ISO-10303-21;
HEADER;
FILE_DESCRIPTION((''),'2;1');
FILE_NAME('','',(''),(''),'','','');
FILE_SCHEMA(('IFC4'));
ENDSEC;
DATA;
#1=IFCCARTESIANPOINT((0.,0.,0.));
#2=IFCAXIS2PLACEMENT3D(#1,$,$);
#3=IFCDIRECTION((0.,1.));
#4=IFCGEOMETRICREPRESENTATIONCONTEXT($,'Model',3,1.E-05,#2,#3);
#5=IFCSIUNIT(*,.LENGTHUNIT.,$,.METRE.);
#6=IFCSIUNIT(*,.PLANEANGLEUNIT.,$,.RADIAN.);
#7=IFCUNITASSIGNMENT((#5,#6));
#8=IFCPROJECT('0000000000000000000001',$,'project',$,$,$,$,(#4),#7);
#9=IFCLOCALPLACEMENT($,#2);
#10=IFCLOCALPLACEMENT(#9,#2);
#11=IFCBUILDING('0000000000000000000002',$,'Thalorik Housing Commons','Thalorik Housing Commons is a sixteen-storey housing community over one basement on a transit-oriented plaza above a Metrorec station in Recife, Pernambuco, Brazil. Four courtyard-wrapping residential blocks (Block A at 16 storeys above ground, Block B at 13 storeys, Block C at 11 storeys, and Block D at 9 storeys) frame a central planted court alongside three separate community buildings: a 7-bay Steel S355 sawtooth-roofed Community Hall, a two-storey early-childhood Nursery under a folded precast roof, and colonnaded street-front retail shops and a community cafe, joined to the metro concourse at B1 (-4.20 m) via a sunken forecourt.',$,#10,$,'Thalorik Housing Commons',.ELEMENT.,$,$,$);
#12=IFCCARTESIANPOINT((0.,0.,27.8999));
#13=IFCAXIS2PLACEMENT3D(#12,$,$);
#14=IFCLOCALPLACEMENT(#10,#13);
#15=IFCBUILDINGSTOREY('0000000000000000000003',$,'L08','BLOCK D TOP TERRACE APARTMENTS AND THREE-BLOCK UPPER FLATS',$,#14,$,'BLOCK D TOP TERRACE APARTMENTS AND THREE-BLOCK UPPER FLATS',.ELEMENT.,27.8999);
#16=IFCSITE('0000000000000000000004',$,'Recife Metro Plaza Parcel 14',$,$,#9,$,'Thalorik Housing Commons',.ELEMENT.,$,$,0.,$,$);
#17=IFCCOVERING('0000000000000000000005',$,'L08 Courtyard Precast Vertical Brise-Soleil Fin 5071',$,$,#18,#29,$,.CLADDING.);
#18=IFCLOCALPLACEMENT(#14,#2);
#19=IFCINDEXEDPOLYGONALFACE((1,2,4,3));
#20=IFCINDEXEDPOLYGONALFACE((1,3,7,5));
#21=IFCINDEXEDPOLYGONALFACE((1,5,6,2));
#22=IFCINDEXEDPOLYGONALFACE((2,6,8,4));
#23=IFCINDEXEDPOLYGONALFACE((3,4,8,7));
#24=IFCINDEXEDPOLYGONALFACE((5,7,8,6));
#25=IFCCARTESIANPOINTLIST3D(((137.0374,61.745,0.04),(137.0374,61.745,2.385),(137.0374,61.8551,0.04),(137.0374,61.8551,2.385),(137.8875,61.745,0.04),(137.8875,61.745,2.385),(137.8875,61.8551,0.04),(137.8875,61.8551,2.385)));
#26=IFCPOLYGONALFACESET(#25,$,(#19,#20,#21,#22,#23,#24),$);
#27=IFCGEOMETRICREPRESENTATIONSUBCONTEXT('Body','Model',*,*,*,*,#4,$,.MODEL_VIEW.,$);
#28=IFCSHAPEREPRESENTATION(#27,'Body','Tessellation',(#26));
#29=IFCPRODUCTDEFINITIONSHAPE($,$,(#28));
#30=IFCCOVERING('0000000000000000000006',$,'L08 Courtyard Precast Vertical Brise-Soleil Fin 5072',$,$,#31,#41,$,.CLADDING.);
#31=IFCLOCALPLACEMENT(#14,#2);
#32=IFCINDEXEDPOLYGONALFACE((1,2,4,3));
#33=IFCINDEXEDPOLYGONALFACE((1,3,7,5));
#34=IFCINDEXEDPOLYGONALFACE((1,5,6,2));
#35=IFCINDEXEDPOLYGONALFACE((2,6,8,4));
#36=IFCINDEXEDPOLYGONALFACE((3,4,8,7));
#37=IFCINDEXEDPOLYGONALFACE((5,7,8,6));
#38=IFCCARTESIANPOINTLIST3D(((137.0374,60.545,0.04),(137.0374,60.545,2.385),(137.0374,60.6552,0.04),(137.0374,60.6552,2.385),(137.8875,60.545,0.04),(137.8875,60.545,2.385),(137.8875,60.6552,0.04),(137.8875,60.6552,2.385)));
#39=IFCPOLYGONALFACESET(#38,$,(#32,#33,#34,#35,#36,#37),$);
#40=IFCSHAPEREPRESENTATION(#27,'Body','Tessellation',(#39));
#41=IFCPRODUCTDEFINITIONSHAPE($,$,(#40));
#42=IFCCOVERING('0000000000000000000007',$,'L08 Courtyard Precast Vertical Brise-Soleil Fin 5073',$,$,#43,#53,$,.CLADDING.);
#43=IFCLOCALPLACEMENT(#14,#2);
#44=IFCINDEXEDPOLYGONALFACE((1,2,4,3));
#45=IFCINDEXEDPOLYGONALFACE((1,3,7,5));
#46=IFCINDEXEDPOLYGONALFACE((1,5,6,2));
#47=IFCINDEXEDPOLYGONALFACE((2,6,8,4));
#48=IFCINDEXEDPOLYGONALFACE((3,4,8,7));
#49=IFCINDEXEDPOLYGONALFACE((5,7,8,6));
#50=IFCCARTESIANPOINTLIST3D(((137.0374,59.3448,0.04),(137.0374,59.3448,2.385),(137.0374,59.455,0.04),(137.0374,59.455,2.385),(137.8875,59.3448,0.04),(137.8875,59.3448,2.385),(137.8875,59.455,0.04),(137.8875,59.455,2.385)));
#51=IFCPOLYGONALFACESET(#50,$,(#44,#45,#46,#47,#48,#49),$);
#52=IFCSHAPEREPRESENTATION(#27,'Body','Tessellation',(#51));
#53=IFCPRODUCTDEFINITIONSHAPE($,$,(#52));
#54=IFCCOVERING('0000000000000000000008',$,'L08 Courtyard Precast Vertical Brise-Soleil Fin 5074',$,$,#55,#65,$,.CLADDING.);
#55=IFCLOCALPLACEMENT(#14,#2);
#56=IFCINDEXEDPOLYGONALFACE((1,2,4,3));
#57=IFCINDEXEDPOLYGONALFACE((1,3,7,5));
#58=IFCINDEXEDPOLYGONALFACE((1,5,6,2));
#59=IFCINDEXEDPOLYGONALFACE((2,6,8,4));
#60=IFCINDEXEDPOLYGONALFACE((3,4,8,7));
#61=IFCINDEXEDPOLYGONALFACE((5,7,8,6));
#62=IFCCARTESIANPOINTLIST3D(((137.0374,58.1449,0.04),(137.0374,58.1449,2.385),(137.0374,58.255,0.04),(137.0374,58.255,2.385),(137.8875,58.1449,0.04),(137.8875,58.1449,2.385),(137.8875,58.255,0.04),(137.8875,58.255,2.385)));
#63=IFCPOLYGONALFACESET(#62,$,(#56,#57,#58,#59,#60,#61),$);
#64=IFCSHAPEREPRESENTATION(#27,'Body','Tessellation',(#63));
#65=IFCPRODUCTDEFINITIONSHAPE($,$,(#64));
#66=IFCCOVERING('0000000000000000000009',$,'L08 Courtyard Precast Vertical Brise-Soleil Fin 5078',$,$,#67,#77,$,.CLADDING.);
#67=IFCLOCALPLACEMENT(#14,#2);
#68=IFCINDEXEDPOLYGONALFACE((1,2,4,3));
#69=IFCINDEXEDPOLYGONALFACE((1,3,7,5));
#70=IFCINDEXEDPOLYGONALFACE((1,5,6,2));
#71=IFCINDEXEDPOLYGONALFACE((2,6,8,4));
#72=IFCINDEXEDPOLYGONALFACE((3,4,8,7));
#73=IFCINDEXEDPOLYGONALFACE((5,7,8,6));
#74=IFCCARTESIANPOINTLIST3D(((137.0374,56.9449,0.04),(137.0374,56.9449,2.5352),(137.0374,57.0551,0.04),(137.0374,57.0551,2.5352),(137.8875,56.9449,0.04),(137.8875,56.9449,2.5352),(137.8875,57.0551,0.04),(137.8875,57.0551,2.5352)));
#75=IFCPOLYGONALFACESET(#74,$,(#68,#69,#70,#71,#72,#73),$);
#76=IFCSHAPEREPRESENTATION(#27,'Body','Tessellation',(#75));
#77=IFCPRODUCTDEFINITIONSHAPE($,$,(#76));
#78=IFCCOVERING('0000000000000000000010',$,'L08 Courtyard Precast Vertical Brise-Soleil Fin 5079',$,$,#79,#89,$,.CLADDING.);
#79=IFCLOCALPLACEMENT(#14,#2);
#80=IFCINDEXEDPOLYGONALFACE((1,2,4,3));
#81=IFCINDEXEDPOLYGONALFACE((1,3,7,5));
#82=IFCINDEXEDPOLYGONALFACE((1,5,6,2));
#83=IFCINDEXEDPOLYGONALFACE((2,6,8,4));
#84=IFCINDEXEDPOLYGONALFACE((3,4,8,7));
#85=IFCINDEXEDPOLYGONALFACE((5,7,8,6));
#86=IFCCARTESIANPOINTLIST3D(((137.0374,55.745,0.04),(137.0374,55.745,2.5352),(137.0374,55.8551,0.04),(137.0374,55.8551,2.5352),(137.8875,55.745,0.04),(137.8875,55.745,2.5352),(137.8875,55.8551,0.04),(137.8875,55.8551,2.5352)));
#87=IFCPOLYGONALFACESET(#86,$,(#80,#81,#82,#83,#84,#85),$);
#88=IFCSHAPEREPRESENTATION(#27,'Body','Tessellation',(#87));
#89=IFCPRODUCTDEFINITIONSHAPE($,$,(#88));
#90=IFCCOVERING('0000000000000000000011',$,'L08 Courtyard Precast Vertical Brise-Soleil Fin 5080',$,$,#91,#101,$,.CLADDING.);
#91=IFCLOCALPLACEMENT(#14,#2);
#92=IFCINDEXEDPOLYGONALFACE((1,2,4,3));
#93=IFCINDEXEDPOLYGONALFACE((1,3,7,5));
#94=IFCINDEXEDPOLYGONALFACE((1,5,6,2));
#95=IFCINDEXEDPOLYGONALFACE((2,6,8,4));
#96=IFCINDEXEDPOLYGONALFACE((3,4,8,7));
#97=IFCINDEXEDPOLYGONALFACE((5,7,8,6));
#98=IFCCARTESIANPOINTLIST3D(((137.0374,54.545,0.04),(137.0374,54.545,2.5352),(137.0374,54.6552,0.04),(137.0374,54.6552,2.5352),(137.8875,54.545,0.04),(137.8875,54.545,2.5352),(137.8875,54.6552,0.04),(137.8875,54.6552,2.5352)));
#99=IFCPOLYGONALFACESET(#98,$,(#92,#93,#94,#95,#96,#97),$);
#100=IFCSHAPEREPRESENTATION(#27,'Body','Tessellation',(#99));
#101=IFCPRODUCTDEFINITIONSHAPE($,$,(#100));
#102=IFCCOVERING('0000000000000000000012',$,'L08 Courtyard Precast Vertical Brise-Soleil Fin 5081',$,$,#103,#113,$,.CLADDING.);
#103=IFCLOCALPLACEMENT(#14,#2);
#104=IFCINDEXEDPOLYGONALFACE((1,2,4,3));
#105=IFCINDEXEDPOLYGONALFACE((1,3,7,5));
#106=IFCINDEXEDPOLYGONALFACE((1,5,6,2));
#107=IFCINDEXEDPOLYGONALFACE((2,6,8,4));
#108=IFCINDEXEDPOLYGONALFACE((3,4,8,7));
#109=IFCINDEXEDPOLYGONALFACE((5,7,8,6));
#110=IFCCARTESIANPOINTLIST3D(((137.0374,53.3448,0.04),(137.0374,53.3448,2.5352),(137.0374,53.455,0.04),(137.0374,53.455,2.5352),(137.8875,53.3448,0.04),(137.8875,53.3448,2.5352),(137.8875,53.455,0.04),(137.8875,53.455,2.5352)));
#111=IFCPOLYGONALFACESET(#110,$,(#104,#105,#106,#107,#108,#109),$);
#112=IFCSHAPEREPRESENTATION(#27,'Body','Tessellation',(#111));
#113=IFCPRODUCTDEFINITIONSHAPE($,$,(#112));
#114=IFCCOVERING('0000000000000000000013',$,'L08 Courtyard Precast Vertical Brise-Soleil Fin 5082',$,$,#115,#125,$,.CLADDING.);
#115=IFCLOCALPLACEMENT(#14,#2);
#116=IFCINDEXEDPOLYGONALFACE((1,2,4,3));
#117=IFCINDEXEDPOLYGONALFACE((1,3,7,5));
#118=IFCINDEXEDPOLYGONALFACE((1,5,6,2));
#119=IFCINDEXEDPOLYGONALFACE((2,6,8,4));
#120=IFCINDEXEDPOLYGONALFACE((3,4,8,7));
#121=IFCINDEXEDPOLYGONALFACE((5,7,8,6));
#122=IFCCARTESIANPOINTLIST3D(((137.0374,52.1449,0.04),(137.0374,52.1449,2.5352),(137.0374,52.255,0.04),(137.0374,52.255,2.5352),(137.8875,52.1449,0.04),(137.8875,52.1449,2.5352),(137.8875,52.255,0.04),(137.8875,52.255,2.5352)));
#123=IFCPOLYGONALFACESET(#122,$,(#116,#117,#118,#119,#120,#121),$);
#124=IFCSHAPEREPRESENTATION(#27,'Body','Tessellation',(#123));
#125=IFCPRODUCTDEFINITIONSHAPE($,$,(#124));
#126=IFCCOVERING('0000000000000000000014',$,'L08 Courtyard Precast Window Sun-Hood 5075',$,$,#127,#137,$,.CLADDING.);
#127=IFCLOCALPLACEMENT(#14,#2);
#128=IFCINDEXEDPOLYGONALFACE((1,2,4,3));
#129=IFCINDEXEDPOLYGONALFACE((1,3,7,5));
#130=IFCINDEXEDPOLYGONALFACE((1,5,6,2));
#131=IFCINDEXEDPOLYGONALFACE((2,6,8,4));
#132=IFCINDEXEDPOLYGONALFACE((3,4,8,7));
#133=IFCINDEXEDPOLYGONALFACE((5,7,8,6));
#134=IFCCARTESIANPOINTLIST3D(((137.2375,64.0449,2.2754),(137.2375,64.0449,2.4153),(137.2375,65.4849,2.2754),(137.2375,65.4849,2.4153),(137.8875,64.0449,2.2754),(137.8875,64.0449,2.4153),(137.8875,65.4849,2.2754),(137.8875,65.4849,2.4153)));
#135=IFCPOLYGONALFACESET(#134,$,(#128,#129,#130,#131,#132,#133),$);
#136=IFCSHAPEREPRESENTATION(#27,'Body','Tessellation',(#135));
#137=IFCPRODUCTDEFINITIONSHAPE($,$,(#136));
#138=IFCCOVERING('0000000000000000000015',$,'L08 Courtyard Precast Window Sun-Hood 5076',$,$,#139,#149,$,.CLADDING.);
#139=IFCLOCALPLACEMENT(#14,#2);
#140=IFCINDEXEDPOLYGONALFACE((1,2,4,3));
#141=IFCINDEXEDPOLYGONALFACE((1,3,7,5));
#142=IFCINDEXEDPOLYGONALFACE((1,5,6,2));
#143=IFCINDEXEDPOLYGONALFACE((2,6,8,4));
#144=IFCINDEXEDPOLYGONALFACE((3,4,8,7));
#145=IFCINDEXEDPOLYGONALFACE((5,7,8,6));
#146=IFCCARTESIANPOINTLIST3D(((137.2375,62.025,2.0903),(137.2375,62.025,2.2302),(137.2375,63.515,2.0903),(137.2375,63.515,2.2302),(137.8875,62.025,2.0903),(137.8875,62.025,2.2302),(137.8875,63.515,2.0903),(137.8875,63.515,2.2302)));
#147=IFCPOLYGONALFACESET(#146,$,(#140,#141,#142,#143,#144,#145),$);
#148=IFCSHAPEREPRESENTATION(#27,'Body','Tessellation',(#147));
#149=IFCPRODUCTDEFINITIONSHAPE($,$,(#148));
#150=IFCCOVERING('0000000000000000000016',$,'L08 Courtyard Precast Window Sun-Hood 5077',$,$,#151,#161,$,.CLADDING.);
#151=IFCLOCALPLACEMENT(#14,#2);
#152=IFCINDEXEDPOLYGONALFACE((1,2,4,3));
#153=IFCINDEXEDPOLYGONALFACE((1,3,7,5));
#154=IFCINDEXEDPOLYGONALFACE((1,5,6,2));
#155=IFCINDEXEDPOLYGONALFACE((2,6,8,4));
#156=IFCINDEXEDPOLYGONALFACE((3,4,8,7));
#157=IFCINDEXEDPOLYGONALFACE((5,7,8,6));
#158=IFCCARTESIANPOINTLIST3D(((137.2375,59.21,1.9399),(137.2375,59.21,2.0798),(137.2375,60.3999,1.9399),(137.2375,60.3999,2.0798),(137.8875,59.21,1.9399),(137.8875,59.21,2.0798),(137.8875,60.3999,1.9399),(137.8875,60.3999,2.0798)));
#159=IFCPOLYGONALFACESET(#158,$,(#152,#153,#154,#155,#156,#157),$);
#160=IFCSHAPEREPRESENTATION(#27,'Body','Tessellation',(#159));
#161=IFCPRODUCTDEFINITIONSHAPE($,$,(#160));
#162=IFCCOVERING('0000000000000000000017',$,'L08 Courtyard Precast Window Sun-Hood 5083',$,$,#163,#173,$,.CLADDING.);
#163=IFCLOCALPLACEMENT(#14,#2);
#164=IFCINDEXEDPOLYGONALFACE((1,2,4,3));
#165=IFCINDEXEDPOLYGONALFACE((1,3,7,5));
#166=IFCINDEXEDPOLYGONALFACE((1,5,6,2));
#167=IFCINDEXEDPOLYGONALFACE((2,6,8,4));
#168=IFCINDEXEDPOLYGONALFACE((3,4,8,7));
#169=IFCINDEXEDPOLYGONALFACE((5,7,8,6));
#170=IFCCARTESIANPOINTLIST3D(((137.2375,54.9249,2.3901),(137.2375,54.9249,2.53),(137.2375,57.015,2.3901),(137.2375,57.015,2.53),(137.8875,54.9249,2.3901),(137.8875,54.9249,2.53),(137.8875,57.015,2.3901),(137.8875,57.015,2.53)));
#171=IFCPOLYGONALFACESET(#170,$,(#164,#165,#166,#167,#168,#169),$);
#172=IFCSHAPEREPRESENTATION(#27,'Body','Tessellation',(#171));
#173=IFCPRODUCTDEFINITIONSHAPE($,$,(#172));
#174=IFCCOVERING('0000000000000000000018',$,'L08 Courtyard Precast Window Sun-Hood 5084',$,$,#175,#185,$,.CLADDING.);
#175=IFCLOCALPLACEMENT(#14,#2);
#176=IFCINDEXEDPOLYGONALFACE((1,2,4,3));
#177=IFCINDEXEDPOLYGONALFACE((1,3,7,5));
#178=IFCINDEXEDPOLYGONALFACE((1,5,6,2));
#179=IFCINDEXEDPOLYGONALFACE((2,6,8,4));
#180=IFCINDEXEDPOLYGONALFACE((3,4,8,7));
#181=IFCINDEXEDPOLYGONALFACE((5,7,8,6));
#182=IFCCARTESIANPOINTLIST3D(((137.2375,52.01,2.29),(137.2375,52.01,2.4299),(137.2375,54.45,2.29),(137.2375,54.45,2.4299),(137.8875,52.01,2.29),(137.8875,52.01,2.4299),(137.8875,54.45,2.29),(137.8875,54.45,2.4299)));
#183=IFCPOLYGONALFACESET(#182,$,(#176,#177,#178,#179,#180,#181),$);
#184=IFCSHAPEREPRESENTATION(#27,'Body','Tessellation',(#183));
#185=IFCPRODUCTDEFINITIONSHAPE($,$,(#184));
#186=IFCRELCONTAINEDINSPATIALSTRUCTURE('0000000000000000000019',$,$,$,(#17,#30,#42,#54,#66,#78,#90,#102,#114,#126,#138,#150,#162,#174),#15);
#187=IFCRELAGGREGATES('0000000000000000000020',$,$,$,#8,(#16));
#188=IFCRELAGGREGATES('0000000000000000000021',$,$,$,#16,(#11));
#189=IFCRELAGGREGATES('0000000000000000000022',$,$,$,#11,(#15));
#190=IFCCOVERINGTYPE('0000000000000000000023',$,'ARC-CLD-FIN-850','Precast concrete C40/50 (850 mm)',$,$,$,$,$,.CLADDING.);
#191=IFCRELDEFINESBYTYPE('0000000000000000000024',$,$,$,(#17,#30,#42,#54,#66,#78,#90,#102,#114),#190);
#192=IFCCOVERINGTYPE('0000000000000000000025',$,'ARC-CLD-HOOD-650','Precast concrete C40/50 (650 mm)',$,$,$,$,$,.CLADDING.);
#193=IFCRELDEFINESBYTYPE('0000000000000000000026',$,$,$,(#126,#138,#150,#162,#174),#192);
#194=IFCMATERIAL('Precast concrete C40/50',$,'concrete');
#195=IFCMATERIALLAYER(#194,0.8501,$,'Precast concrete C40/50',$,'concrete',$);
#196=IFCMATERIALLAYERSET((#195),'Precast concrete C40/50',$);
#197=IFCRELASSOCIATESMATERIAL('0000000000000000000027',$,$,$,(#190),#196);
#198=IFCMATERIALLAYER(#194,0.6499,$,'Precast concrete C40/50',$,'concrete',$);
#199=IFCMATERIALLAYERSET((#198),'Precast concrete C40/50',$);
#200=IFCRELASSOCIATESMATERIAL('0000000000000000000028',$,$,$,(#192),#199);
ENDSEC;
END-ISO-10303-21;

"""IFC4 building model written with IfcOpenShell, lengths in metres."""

from ifc_helpers import new_model, si_unit, direction, frame, origin, origin_2d, place, context, subcontext, project, spatial, rectangle, extrude, material, layer, layer_set, type_object, element, save


model = new_model("IFC4")

# Units and contexts
model_context = context("Model", 3, precision=1e-05, world=origin(), true_north=direction((0.0, 1.0)))
body_context = subcontext(model_context, "Body", "Model", "MODEL_VIEW")
ifc_project = project(units=[si_unit("LENGTHUNIT", "METRE"), si_unit("PLANEANGLEUNIT", "RADIAN")], contexts=[model_context])

# Site, building, storey
site_placement = place(None, origin())
site = spatial("IfcSite", under=ifc_project, at=site_placement, Name="Recife Metro Plaza Parcel 14", LongName="Thalorik Housing Commons", CompositionType="ELEMENT", RefElevation=0.0)
building_placement = place(site_placement, origin())
building = spatial("IfcBuilding", under=site, at=building_placement, Name="Thalorik Housing Commons", Description="Thalorik Housing Commons is a sixteen-storey housing community over one basement on a transit-oriented plaza above a Metrorec station in Recife, Pernambuco, Brazil. Four courtyard-wrapping residential blocks (Block A at 16 storeys above ground, Block B at 13 storeys, Block C at 11 storeys, and Block D at 9 storeys) frame a central planted court alongside three separate community buildings: a 7-bay Steel S355 sawtooth-roofed Community Hall, a two-storey early-childhood Nursery under a folded precast roof, and colonnaded street-front retail shops and a community cafe, joined to the metro concourse at B1 (-4.20 m) via a sunken forecourt.", LongName="Thalorik Housing Commons", CompositionType="ELEMENT")
storey_placement = place(building_placement, frame((0.0, 0.0, 27.8999)))
storey = spatial("IfcBuildingStorey", under=building, at=storey_placement, Name="L08", Description="BLOCK D TOP TERRACE APARTMENTS AND THREE-BLOCK UPPER FLATS", LongName="BLOCK D TOP TERRACE APARTMENTS AND THREE-BLOCK UPPER FLATS", CompositionType="ELEMENT", Elevation=27.8999)

# Shared definitions
ifc_material_1 = material(Name="Precast concrete C40/50", Category="concrete")

# Coverings
ifc_layer_1 = layer(ifc_material_1, 0.8501, Name="Precast concrete C40/50", Category="concrete")
ifc_layer_set_1 = layer_set([ifc_layer_1], Name="Precast concrete C40/50")
covering_type_1 = type_object("IfcCoveringType", Name="ARC-CLD-FIN-850", Description="Precast concrete C40/50 (850 mm)", PredefinedType="CLADDING", material=ifc_layer_set_1)
for number, where, z_axis, x_axis, name in (
    (1, (137.4624, 61.8, 0.04), (0.0, 0.0, 1.0), (0.0, -1.0, 0.0), "L08 Courtyard Precast Vertical Brise-Soleil Fin 5071"),
    (2, (137.4624, 60.6001, 0.04), (0.0, 0.0, 1.0), (0.0, -1.0, 0.0), "L08 Courtyard Precast Vertical Brise-Soleil Fin 5072"),
    (3, (137.4624, 59.3999, 0.04), (0.0, 0.0, 1.0), (0.0, -1.0, 0.0), "L08 Courtyard Precast Vertical Brise-Soleil Fin 5073"),
    (4, (137.4624, 58.2, 0.04), (0.0, 0.0, 1.0), (0.0, -1.0, 0.0), "L08 Courtyard Precast Vertical Brise-Soleil Fin 5074"),
):
    element("IfcCovering", number, at=place(storey_placement, frame(where, z_axis=z_axis, x_axis=x_axis)), inside=storey, type_object=covering_type_1, Name=name, PredefinedType="CLADDING", context=body_context, shape_type="SweptSolid", body=[
        extrude(rectangle(XDim=0.1101, YDim=0.8501, at=origin_2d()), origin(), (0.0, 0.0, 1.0), 2.345),
    ])
for number, where, z_axis, x_axis, name in (
    (5, (137.4624, 57.0, 0.04), (0.0, 0.0, 1.0), (0.0, -1.0, 0.0), "L08 Courtyard Precast Vertical Brise-Soleil Fin 5078"),
    (6, (137.4624, 55.8, 0.04), (0.0, 0.0, 1.0), (0.0, -1.0, 0.0), "L08 Courtyard Precast Vertical Brise-Soleil Fin 5079"),
    (7, (137.4624, 54.6001, 0.04), (0.0, 0.0, 1.0), (0.0, -1.0, 0.0), "L08 Courtyard Precast Vertical Brise-Soleil Fin 5080"),
    (8, (137.4624, 53.3999, 0.04), (0.0, 0.0, 1.0), (0.0, -1.0, 0.0), "L08 Courtyard Precast Vertical Brise-Soleil Fin 5081"),
    (9, (137.4624, 52.2, 0.04), (0.0, 0.0, 1.0), (0.0, -1.0, 0.0), "L08 Courtyard Precast Vertical Brise-Soleil Fin 5082"),
):
    element("IfcCovering", number, at=place(storey_placement, frame(where, z_axis=z_axis, x_axis=x_axis)), inside=storey, type_object=covering_type_1, Name=name, PredefinedType="CLADDING", context=body_context, shape_type="SweptSolid", body=[
        extrude(rectangle(XDim=0.1101, YDim=0.8501, at=origin_2d()), origin(), (0.0, 0.0, 1.0), 2.4951),
    ])
ifc_layer_2 = layer(ifc_material_1, 0.6499, Name="Precast concrete C40/50", Category="concrete")
ifc_layer_set_2 = layer_set([ifc_layer_2], Name="Precast concrete C40/50")
covering_type_2 = type_object("IfcCoveringType", Name="ARC-CLD-HOOD-650", Description="Precast concrete C40/50 (650 mm)", PredefinedType="CLADDING", material=ifc_layer_set_2)
covering_1_placement = place(storey_placement, frame((137.5625, 64.7649, 2.2754), z_axis=(0.0, 0.0, 1.0), x_axis=(0.0, -1.0, 0.0)))
element("IfcCovering", 10, at=covering_1_placement, inside=storey, type_object=covering_type_2, Name="L08 Courtyard Precast Window Sun-Hood 5075", PredefinedType="CLADDING", context=body_context, shape_type="SweptSolid", body=[
    extrude(rectangle(XDim=1.4399, YDim=0.6499, at=origin_2d()), origin(), (0.0, 0.0, 1.0), 0.1399),
])
covering_2_placement = place(storey_placement, frame((137.5625, 62.77, 2.0903), z_axis=(0.0, 0.0, 1.0), x_axis=(0.0, -1.0, 0.0)))
element("IfcCovering", 11, at=covering_2_placement, inside=storey, type_object=covering_type_2, Name="L08 Courtyard Precast Window Sun-Hood 5076", PredefinedType="CLADDING", context=body_context, shape_type="SweptSolid", body=[
    extrude(rectangle(XDim=1.49, YDim=0.6499, at=origin_2d()), origin(), (0.0, 0.0, 1.0), 0.1399),
])
covering_3_placement = place(storey_placement, frame((137.5625, 59.8049, 1.9399), z_axis=(0.0, 0.0, 1.0), x_axis=(0.0, -1.0, 0.0)))
element("IfcCovering", 12, at=covering_3_placement, inside=storey, type_object=covering_type_2, Name="L08 Courtyard Precast Window Sun-Hood 5077", PredefinedType="CLADDING", context=body_context, shape_type="SweptSolid", body=[
    extrude(rectangle(XDim=1.1899, YDim=0.6499, at=origin_2d()), origin(), (0.0, 0.0, 1.0), 0.1399),
])
covering_4_placement = place(storey_placement, frame((137.5625, 55.97, 2.3901), z_axis=(0.0, 0.0, 1.0), x_axis=(0.0, -1.0, 0.0)))
element("IfcCovering", 13, at=covering_4_placement, inside=storey, type_object=covering_type_2, Name="L08 Courtyard Precast Window Sun-Hood 5083", PredefinedType="CLADDING", context=body_context, shape_type="SweptSolid", body=[
    extrude(rectangle(XDim=2.0901, YDim=0.6499, at=origin_2d()), origin(), (0.0, 0.0, 1.0), 0.1399),
])
covering_5_placement = place(storey_placement, frame((137.5625, 53.23, 2.29), z_axis=(0.0, 0.0, 1.0), x_axis=(0.0, -1.0, 0.0)))
element("IfcCovering", 14, at=covering_5_placement, inside=storey, type_object=covering_type_2, Name="L08 Courtyard Precast Window Sun-Hood 5084", PredefinedType="CLADDING", context=body_context, shape_type="SweptSolid", body=[
    extrude(rectangle(XDim=2.4399, YDim=0.6499, at=origin_2d()), origin(), (0.0, 0.0, 1.0), 0.1399),
])

save(model, "model.ifc")
